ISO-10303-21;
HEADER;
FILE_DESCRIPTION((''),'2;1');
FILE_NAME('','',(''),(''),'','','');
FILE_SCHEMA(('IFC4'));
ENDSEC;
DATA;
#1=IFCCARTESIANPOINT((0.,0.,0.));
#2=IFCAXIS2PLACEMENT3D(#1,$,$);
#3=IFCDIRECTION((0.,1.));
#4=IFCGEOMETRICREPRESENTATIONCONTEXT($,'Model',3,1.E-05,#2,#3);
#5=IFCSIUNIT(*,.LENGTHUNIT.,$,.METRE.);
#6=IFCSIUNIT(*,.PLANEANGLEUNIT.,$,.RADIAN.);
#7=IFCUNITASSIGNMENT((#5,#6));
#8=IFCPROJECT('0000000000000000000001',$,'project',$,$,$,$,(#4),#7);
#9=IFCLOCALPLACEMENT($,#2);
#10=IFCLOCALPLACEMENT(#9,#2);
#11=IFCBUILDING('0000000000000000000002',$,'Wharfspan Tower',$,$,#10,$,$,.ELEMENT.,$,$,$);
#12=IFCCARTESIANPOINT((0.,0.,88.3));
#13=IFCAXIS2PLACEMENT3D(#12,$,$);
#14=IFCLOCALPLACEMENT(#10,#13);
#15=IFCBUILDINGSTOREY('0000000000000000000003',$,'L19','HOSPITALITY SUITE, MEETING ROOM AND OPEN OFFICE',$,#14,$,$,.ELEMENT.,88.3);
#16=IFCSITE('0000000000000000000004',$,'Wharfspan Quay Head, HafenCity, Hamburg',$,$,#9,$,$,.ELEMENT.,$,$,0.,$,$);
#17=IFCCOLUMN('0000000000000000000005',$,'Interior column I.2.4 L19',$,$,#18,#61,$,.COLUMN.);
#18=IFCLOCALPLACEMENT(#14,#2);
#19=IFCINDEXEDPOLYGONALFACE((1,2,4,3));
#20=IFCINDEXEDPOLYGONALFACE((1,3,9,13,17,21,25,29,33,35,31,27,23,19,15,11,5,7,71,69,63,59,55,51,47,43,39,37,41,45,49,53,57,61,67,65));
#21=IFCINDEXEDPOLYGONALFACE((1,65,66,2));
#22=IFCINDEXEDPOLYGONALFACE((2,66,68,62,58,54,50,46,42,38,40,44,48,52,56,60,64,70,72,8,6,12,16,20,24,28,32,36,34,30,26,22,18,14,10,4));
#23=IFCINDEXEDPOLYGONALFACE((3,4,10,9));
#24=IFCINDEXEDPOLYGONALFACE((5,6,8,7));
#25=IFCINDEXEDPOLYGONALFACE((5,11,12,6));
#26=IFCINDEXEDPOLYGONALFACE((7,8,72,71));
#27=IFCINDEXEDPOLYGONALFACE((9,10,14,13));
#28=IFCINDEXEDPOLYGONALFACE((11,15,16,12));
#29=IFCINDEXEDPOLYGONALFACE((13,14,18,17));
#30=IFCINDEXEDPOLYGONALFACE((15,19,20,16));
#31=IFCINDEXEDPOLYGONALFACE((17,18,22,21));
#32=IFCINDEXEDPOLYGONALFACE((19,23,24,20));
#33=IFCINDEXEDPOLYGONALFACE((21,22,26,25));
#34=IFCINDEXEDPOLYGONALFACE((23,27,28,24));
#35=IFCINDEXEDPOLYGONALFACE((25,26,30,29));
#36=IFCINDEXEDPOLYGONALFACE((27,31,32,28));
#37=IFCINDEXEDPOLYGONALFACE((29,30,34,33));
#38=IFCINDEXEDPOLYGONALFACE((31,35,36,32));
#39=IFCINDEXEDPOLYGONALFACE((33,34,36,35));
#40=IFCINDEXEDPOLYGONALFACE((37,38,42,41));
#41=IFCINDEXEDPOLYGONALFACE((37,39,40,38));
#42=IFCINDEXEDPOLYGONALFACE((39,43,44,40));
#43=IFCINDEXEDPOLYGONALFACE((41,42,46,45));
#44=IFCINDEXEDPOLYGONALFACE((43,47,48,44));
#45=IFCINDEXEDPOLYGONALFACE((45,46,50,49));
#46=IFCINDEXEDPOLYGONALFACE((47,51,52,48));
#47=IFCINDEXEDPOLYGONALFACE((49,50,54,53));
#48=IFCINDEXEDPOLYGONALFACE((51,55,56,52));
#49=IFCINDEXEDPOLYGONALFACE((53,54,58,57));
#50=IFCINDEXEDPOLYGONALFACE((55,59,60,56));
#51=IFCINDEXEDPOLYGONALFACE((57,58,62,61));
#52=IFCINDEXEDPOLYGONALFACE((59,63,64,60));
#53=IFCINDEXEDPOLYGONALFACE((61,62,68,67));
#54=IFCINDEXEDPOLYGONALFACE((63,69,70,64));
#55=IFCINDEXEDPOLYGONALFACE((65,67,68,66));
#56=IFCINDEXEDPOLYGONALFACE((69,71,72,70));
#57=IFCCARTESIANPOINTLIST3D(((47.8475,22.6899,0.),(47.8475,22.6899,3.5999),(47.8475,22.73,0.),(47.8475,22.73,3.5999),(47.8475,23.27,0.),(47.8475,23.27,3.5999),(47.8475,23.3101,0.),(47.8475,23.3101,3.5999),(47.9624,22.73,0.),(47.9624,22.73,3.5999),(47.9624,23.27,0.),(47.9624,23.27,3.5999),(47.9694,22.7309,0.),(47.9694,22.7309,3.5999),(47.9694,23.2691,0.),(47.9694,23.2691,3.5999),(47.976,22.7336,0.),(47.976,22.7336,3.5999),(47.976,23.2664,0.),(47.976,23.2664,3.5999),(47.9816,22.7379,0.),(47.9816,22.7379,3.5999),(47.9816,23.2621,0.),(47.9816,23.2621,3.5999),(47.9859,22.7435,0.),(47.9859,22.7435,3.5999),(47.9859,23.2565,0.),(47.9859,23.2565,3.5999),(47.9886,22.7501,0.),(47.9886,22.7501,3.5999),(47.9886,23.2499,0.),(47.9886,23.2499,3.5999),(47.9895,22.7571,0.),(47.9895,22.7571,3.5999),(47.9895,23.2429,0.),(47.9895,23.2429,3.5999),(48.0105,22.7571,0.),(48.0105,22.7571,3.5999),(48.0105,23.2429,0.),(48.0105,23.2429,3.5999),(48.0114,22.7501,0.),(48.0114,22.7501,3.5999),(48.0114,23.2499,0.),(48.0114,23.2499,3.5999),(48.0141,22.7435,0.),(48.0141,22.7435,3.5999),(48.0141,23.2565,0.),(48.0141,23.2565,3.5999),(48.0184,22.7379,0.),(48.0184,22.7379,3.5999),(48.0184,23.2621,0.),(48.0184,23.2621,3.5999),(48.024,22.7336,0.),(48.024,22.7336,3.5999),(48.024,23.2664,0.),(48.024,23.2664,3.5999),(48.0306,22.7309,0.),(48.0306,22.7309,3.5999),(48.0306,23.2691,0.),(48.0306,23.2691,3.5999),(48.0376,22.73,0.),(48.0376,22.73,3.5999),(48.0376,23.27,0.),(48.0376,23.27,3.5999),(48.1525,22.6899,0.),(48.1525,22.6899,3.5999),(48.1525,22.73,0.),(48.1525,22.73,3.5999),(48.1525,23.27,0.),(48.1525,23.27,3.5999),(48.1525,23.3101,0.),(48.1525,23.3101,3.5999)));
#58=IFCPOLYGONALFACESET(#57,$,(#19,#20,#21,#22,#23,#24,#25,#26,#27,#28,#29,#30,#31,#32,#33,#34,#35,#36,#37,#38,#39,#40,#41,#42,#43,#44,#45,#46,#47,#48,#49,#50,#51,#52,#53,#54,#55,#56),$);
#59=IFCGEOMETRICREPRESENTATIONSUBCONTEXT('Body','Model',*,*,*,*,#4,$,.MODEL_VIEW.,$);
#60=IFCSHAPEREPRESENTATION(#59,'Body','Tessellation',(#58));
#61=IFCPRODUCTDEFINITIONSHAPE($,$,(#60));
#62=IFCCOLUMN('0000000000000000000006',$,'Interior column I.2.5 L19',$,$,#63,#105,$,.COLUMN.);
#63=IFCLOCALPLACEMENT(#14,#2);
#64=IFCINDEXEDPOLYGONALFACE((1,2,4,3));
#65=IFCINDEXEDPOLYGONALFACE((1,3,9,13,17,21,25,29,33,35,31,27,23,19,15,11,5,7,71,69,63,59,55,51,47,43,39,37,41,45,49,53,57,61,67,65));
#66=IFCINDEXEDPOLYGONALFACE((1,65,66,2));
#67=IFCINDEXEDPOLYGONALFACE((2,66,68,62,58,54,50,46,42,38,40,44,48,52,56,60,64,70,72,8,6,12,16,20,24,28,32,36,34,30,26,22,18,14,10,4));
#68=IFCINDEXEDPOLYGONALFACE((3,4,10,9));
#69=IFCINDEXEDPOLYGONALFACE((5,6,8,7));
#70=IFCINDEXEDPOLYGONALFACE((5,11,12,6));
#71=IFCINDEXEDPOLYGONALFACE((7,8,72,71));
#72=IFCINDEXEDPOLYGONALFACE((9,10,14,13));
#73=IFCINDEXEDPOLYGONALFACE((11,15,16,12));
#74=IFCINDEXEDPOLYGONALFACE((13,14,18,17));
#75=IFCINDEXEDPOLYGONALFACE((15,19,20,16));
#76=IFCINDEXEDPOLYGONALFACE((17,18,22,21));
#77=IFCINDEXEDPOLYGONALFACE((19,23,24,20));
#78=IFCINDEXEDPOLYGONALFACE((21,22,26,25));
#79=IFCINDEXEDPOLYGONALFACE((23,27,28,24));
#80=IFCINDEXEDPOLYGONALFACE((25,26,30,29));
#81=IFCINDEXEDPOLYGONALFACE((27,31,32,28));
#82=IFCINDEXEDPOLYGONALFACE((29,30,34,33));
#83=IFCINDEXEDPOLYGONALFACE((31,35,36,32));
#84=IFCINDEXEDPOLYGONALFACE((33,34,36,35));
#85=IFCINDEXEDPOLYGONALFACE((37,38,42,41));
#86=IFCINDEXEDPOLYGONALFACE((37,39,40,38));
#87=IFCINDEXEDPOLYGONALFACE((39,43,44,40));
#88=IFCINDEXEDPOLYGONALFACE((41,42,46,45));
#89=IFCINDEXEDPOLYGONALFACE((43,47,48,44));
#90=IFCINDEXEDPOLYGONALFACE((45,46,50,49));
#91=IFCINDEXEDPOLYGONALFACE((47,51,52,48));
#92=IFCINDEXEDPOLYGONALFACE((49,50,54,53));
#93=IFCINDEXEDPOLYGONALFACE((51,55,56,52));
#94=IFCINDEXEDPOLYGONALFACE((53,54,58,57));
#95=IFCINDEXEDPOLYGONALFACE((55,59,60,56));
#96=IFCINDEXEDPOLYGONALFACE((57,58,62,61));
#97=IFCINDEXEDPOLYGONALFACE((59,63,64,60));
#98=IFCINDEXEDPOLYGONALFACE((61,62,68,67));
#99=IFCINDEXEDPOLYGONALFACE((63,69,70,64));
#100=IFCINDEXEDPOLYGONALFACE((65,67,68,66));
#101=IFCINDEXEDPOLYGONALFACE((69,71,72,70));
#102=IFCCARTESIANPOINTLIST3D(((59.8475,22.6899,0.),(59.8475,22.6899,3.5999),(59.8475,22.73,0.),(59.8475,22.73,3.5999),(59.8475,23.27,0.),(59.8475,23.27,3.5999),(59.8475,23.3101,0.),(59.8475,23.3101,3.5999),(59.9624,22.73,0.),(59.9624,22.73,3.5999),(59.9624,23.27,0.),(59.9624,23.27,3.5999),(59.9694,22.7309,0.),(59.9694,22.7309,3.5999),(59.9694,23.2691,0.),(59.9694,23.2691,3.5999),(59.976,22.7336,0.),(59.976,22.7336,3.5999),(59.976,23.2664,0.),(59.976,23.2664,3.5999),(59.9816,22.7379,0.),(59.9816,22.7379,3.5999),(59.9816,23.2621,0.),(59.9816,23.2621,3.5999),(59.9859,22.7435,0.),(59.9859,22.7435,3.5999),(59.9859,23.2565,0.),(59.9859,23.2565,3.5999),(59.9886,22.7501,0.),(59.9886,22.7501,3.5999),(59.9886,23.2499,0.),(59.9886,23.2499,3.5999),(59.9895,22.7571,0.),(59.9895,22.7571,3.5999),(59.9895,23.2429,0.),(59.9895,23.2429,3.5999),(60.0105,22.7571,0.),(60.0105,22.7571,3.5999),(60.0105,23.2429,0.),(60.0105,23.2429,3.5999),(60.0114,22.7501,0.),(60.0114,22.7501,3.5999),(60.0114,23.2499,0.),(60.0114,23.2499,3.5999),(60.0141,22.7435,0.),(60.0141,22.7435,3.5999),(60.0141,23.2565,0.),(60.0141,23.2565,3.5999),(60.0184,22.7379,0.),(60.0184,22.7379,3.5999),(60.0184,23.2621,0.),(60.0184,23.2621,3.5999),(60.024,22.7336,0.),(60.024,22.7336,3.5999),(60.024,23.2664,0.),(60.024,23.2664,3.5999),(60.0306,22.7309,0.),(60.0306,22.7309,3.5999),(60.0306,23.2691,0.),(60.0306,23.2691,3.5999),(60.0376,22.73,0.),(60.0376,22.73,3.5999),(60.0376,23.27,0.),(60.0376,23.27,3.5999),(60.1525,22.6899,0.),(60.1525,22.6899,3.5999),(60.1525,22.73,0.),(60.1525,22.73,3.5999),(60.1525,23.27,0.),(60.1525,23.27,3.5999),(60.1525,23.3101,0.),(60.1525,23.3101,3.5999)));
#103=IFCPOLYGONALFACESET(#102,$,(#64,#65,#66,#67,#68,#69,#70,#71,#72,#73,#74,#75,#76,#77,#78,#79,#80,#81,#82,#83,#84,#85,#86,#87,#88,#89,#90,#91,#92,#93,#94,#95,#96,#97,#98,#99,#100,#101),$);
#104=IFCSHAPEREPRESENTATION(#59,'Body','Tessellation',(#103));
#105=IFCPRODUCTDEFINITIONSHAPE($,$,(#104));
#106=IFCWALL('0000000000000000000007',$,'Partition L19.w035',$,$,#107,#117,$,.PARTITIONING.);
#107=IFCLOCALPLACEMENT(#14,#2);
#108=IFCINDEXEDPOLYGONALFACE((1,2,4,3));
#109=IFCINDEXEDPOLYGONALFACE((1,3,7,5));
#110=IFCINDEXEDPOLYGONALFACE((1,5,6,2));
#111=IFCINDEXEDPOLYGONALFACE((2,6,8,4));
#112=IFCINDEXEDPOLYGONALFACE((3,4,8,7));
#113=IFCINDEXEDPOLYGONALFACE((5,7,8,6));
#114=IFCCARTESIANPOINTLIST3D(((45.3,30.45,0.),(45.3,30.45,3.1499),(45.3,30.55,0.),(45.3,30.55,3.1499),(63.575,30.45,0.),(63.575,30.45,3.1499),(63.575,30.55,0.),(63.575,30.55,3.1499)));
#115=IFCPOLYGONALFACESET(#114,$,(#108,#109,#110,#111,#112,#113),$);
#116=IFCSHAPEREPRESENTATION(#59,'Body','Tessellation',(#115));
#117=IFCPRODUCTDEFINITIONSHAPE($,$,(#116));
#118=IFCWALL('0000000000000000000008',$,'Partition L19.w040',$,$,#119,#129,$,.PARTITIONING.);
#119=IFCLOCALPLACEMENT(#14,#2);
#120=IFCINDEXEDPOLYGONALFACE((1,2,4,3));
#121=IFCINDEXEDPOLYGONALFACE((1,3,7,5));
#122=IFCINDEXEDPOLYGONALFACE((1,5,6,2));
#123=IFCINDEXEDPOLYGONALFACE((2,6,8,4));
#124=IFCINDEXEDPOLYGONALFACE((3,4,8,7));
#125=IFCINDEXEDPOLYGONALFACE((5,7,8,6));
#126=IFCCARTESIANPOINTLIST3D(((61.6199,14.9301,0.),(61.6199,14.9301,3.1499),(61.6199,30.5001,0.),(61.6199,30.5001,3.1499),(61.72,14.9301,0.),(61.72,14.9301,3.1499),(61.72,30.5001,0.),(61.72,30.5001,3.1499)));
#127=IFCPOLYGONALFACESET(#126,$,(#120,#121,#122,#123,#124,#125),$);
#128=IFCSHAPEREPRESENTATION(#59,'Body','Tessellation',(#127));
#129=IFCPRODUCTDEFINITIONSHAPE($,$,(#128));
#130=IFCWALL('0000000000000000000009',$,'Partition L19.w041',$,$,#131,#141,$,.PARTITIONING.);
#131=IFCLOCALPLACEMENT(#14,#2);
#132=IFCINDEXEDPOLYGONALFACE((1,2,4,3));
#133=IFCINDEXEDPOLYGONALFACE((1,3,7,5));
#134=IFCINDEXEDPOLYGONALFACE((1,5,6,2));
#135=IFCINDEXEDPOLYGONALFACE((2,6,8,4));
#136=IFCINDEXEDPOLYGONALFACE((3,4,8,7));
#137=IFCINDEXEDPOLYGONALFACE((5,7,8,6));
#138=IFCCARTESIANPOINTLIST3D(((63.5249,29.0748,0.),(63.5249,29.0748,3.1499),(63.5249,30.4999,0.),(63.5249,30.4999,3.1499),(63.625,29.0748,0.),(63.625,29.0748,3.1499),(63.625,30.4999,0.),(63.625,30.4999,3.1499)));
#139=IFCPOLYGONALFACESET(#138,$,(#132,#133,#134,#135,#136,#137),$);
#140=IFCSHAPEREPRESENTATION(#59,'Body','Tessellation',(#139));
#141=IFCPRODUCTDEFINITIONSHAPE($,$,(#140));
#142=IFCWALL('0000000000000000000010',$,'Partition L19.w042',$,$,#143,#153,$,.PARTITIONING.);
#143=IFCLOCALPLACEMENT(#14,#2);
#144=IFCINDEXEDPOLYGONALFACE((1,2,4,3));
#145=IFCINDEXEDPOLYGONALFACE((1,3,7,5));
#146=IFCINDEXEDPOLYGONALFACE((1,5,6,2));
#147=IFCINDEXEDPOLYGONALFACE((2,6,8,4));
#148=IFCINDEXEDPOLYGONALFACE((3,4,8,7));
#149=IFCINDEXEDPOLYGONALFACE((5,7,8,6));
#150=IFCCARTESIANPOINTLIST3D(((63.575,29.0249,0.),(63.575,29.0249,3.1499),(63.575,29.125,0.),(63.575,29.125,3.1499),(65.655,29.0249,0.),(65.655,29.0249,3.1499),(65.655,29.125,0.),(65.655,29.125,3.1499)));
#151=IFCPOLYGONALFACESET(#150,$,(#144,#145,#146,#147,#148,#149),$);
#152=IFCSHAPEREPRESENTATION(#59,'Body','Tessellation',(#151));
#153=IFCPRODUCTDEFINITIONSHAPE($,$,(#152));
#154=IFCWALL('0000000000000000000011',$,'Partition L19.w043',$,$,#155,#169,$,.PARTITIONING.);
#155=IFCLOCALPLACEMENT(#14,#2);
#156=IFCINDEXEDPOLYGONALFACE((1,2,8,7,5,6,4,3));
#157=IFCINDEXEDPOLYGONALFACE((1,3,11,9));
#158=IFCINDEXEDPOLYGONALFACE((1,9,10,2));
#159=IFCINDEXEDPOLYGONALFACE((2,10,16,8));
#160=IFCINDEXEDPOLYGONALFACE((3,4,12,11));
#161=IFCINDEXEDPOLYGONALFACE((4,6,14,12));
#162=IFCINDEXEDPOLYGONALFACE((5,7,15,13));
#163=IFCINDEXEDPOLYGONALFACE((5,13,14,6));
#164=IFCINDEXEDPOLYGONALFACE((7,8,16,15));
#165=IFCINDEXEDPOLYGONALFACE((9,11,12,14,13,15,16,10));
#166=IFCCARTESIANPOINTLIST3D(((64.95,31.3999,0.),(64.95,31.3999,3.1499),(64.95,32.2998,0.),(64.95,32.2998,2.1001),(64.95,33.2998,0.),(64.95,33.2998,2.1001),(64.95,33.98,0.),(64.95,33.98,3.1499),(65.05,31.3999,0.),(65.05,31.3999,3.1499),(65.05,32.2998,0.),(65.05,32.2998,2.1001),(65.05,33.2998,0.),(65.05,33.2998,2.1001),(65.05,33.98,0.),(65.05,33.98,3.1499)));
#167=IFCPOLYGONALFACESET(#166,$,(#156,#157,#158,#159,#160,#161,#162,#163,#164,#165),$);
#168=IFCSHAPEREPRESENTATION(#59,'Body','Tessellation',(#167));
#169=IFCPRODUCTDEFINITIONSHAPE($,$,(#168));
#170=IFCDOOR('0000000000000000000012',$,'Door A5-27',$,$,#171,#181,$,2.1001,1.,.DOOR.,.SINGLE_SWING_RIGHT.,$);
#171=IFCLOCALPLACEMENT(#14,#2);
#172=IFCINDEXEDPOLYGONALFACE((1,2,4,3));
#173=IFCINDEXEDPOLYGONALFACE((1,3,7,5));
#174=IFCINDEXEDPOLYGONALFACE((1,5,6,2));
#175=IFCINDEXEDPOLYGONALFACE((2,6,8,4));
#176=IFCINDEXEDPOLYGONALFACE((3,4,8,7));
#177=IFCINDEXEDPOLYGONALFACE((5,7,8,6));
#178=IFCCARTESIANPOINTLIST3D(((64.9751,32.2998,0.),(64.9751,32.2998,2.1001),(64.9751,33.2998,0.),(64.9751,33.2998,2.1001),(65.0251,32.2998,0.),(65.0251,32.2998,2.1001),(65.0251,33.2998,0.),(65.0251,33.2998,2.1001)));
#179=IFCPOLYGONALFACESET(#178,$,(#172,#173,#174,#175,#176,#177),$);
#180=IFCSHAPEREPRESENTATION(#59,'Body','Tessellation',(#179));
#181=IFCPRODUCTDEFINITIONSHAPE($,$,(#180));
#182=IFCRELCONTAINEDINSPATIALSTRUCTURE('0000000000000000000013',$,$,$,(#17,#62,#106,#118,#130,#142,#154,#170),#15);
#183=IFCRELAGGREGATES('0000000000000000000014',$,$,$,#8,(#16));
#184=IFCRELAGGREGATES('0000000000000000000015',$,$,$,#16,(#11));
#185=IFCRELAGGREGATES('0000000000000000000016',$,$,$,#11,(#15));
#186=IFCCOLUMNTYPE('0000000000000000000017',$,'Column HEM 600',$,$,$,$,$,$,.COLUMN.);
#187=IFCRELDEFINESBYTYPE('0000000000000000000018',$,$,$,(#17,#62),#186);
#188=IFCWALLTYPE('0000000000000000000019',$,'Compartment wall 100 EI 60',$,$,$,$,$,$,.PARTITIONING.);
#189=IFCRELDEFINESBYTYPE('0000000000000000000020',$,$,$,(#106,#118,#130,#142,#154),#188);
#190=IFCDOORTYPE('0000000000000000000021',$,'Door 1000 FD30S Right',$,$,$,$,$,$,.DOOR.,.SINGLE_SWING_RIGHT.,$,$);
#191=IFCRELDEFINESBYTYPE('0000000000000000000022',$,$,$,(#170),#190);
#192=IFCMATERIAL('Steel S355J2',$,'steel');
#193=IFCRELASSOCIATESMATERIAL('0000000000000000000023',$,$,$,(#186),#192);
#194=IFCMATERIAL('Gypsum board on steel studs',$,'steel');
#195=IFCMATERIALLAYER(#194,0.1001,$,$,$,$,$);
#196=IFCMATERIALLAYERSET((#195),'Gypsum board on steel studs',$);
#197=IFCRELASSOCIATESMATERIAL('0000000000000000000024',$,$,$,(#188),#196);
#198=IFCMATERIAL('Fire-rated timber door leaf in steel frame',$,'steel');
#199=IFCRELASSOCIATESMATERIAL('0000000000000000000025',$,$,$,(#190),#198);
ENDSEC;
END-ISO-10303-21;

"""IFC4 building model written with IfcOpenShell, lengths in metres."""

from ifc_helpers import new_model, si_unit, direction, frame, frame_2d, origin, origin_2d, place, context, subcontext, project, spatial, rectangle, i_section, extrude, material, layer, layer_set, material_profile, profile_set, type_object, element, fill, save


model = new_model("IFC4")

# Units and contexts
model_context = context("Model", 3, precision=1e-05, world=origin(), true_north=direction((0.0, 1.0)))
body_context = subcontext(model_context, "Body", "Model", "MODEL_VIEW")
ifc_project = project(units=[si_unit("LENGTHUNIT", "METRE"), si_unit("PLANEANGLEUNIT", "RADIAN")], contexts=[model_context])

# Site, building, storey
site_placement = place(None, origin())
site = spatial("IfcSite", under=ifc_project, at=site_placement, Name="Wharfspan Quay Head, HafenCity, Hamburg", CompositionType="ELEMENT", RefElevation=0.0)
building_placement = place(site_placement, origin())
building = spatial("IfcBuilding", under=site, at=building_placement, Name="Wharfspan Tower", CompositionType="ELEMENT")
storey_placement = place(building_placement, frame((0.0, 0.0, 88.3)))
storey = spatial("IfcBuildingStorey", under=building, at=storey_placement, Name="L19", Description="HOSPITALITY SUITE, MEETING ROOM AND OPEN OFFICE", CompositionType="ELEMENT", Elevation=88.3)

# Columns
ifc_material_1 = material(Name="Steel S355J2", Category="steel")
ifc_material_profile = material_profile(ifc_material_1, i_section(OverallWidth=0.3049, OverallDepth=0.6201, WebThickness=0.021, FlangeThickness=0.04, FilletRadius=0.0271, at=origin_2d()))
ifc_profile_set = profile_set([ifc_material_profile], Name="Steel S355J2")
column_type = type_object("IfcColumnType", Name="Column HEM 600", PredefinedType="COLUMN", material=ifc_profile_set)
for number, where, z_axis, x_axis, name in (
    (1, (48.0, 23.0, 0.0), (0.0, 0.0, 1.0), (1.0, 0.0, 0.0), "Interior column I.2.4 L19"),
    (2, (60.0, 23.0, 0.0), (0.0, 0.0, 1.0), (1.0, 0.0, 0.0), "Interior column I.2.5 L19"),
):
    element("IfcColumn", number, at=place(storey_placement, frame(where, z_axis=z_axis, x_axis=x_axis)), inside=storey, type_object=column_type, Name=name, PredefinedType="COLUMN", context=body_context, shape_type="SweptSolid", body=[
        extrude(i_section(OverallWidth=0.3049, OverallDepth=0.6201, WebThickness=0.021, FlangeThickness=0.04, FilletRadius=0.0271, at=origin_2d()), origin(), (0.0, 0.0, 1.0), 3.5999),
    ])

# Walls
ifc_material_2 = material(Name="Gypsum board on steel studs", Category="steel")
ifc_layer_1 = layer(ifc_material_2, 0.1001)
ifc_layer_set_1 = layer_set([ifc_layer_1], Name="Gypsum board on steel studs")
wall_type_1 = type_object("IfcWallType", Name="Compartment wall 100 EI 60", PredefinedType="PARTITIONING", material=ifc_layer_set_1)
wall_1_placement = place(storey_placement, frame((45.3, 30.5, 0.0), z_axis=(0.0, 0.0, 1.0), x_axis=(1.0, 0.0, 0.0)))
element("IfcWall", 3, at=wall_1_placement, inside=storey, type_object=wall_type_1, Name="Partition L19.w035", PredefinedType="PARTITIONING", context=body_context, shape_type="SweptSolid", body=[
    extrude(rectangle(XDim=18.2749, YDim=0.1001, at=frame_2d((9.1375, 0.0))), origin(), (0.0, 0.0, 1.0), 3.1499),
])
wall_2_placement = place(storey_placement, frame((61.6699, 14.9299, 0.0), z_axis=(0.0, 0.0, 1.0), x_axis=(0.0, 1.0, 0.0)))
element("IfcWall", 4, at=wall_2_placement, inside=storey, type_object=wall_type_1, Name="Partition L19.w040", PredefinedType="PARTITIONING", context=body_context, shape_type="SweptSolid", body=[
    extrude(rectangle(XDim=15.5701, YDim=0.1001, at=frame_2d((7.7852, 0.0))), origin(), (0.0, 0.0, 1.0), 3.1499),
])
wall_3_placement = place(storey_placement, frame((63.575, 29.075, 0.0), z_axis=(0.0, 0.0, 1.0), x_axis=(0.0, 1.0, 0.0)))
element("IfcWall", 5, at=wall_3_placement, inside=storey, type_object=wall_type_1, Name="Partition L19.w041", PredefinedType="PARTITIONING", context=body_context, shape_type="SweptSolid", body=[
    extrude(rectangle(XDim=1.425, YDim=0.1001, at=frame_2d((0.7124, 0.0))), origin(), (0.0, 0.0, 1.0), 3.1499),
])
wall_4_placement = place(storey_placement, frame((63.575, 29.075, 0.0), z_axis=(0.0, 0.0, 1.0), x_axis=(1.0, 0.0, 0.0)))
element("IfcWall", 6, at=wall_4_placement, inside=storey, type_object=wall_type_1, Name="Partition L19.w042", PredefinedType="PARTITIONING", context=body_context, shape_type="SweptSolid", body=[
    extrude(rectangle(XDim=2.0801, YDim=0.1001, at=frame_2d((1.04, 0.0))), origin(), (0.0, 0.0, 1.0), 3.1499),
])

# Wall, opening, door
wall_5_placement = place(storey_placement, frame((65.0, 31.3999, 0.0), z_axis=(0.0, 0.0, 1.0), x_axis=(0.0, 1.0, 0.0)))
wall_5 = element("IfcWall", 7, at=wall_5_placement, inside=storey, type_object=wall_type_1, Name="Partition L19.w043", PredefinedType="PARTITIONING", context=body_context, shape_type="SweptSolid", body=[
    extrude(rectangle(XDim=2.5801, YDim=0.1001, at=frame_2d((1.29, 0.0))), origin(), (0.0, 0.0, 1.0), 3.1499),
])
opening_1_placement = place(wall_5_placement, frame((0.8999, 0.0, 0.0)))
opening_1 = element("IfcOpeningElement", 8, at=opening_1_placement, cuts=wall_5, PredefinedType="OPENING", context=body_context, shape_type="SweptSolid", body=[
    extrude(rectangle(XDim=1.0, YDim=2.1001, at=frame_2d((0.5, 1.05))), frame((0.0, 0.0601, 0.0), z_axis=(0.0, -1.0, 0.0), x_axis=(1.0, 0.0, 0.0)), (0.0, 0.0, 1.0), 0.1201),
])
ifc_material_3 = material(Name="Fire-rated timber door leaf in steel frame", Category="steel")
door_type_1 = type_object("IfcDoorType", Name="Door 1000 FD30S Right", OperationType="SINGLE_SWING_RIGHT", PredefinedType="DOOR", material=ifc_material_3)
door_1_placement = place(opening_1_placement, origin())
door_1 = element("IfcDoor", 9, at=door_1_placement, inside=storey, type_object=door_type_1, Name="Door A5-27", OperationType="SINGLE_SWING_RIGHT", OverallHeight=2.1001, OverallWidth=1.0, PredefinedType="DOOR", context=body_context, shape_type="SweptSolid", body=[
    extrude(rectangle(XDim=1.0, YDim=2.1001, at=frame_2d((0.5, 1.05))), frame((0.0, 0.0249, 0.0), z_axis=(0.0, -1.0, 0.0), x_axis=(1.0, 0.0, 0.0)), (0.0, 0.0, 1.0), 0.05),
])
fill(opening_1, door_1)

save(model, "model.ifc")
